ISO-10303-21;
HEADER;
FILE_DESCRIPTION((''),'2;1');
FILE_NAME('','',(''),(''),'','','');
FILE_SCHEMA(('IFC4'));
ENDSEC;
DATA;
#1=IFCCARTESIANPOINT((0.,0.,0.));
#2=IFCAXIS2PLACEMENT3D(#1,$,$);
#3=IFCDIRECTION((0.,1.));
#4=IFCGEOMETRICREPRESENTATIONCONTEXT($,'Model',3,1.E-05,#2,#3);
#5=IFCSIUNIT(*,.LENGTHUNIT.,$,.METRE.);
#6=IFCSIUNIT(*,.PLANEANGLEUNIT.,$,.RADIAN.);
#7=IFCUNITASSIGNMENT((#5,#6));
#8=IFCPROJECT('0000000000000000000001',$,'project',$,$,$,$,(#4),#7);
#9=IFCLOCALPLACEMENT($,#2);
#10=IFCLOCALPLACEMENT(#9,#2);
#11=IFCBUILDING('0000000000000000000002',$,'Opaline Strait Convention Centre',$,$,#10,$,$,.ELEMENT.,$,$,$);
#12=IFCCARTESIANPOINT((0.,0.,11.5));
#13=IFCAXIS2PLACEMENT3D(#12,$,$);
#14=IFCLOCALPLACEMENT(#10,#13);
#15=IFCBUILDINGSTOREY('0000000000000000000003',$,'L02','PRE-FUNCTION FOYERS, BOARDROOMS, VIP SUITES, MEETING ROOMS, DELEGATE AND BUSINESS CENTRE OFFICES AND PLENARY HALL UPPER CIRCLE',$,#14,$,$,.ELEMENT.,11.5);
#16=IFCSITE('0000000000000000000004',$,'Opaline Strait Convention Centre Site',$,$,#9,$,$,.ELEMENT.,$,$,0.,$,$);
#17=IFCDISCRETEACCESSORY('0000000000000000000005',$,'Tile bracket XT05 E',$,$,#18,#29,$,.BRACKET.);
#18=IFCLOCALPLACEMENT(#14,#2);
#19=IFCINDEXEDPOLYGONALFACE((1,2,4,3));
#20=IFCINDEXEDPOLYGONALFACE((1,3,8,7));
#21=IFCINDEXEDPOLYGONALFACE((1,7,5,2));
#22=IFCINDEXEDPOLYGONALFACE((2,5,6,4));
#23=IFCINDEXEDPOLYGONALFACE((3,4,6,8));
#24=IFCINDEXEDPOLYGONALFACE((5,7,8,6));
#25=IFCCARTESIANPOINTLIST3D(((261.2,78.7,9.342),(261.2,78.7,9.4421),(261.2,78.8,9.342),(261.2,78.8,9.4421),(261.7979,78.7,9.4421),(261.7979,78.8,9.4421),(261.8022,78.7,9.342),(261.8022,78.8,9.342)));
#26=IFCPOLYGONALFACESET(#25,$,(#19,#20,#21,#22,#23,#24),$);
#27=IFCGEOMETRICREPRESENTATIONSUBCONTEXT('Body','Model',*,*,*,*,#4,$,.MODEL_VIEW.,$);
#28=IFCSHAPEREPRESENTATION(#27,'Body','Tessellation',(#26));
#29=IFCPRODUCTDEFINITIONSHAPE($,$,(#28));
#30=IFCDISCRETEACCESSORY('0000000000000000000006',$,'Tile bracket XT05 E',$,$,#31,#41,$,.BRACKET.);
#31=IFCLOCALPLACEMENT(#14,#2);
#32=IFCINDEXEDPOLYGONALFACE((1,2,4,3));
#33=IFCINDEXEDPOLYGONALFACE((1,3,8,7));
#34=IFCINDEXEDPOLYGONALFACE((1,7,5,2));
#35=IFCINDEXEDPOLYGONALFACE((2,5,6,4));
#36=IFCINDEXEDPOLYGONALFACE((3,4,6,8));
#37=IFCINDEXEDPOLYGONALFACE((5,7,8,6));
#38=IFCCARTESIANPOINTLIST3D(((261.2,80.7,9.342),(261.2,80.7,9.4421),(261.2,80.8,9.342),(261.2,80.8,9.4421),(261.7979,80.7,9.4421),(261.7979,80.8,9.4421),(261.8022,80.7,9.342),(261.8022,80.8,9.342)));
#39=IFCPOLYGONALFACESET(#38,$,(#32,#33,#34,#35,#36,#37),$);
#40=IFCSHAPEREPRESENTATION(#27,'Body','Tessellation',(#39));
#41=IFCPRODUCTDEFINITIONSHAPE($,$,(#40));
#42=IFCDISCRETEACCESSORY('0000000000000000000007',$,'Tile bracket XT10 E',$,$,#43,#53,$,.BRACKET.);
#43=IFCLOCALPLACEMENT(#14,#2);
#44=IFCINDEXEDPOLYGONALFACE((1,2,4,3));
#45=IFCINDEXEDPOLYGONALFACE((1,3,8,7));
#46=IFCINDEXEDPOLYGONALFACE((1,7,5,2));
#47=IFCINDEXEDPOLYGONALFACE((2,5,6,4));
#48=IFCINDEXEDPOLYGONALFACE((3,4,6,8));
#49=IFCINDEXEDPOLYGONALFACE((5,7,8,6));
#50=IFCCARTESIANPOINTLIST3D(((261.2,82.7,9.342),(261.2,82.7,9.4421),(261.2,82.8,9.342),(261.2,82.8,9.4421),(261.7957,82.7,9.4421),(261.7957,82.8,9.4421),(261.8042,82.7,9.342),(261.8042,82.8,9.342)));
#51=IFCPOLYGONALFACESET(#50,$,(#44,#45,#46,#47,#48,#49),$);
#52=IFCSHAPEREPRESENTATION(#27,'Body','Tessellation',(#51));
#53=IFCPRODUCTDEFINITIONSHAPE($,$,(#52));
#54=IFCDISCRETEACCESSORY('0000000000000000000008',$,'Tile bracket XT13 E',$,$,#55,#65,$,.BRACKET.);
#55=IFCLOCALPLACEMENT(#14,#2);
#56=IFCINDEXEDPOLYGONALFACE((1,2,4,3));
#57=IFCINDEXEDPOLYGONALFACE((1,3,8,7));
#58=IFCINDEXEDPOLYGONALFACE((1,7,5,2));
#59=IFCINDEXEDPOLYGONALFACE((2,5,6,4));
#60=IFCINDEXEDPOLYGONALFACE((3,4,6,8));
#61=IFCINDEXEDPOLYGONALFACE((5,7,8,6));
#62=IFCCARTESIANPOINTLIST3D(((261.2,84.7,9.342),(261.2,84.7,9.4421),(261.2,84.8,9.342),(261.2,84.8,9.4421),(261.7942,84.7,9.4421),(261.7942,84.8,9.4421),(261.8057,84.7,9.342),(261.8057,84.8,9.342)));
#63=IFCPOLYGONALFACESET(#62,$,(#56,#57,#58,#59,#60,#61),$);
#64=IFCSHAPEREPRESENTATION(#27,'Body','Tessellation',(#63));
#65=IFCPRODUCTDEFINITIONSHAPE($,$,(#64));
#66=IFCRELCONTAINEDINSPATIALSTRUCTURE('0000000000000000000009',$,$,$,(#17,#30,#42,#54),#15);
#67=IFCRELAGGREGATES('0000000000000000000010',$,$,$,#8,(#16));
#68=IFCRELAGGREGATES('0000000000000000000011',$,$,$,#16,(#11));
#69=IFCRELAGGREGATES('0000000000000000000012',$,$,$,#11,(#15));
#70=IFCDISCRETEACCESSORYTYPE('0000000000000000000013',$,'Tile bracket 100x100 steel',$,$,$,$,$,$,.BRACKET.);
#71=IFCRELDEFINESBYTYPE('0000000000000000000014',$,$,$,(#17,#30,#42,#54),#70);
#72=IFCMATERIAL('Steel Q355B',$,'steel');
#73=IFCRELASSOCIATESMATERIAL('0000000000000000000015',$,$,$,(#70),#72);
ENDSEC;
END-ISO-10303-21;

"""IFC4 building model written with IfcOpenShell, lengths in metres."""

from ifc_helpers import new_model, si_unit, direction, frame, origin, place, context, subcontext, project, spatial, polyline, outline, extrude, material, type_object, element, save


model = new_model("IFC4")

# Units and contexts
model_context = context("Model", 3, precision=1e-05, world=origin(), true_north=direction((0.0, 1.0)))
body_context = subcontext(model_context, "Body", "Model", "MODEL_VIEW")
ifc_project = project(units=[si_unit("LENGTHUNIT", "METRE"), si_unit("PLANEANGLEUNIT", "RADIAN")], contexts=[model_context])

# Site, building, storey
site_placement = place(None, origin())
site = spatial("IfcSite", under=ifc_project, at=site_placement, Name="Opaline Strait Convention Centre Site", CompositionType="ELEMENT", RefElevation=0.0)
building_placement = place(site_placement, origin())
building = spatial("IfcBuilding", under=site, at=building_placement, Name="Opaline Strait Convention Centre", CompositionType="ELEMENT")
storey_placement = place(building_placement, frame((0.0, 0.0, 11.5)))
storey = spatial("IfcBuildingStorey", under=building, at=storey_placement, Name="L02", Description="PRE-FUNCTION FOYERS, BOARDROOMS, VIP SUITES, MEETING ROOMS, DELEGATE AND BUSINESS CENTRE OFFICES AND PLENARY HALL UPPER CIRCLE", CompositionType="ELEMENT", Elevation=11.5)

# Shared definitions
ifc_material_1 = material(Name="Steel Q355B", Category="steel")

# Discrete accessories
discrete_accessory_type = type_object("IfcDiscreteAccessoryType", Name="Tile bracket 100x100 steel", PredefinedType="BRACKET", material=ifc_material_1)
for number, where, z_axis, x_axis, name in (
    (1, (261.2, 78.7, 9.3921), (0.0, 1.0, 0.0), (-1.0, 0.0, 0.0), "Tile bracket XT05 E"),
    (2, (261.2, 80.7, 9.3921), (0.0, 1.0, 0.0), (-1.0, 0.0, 0.0), "Tile bracket XT05 E"),
):
    element("IfcDiscreteAccessory", number, at=place(storey_placement, frame(where, z_axis=z_axis, x_axis=x_axis)), inside=storey, type_object=discrete_accessory_type, Name=name, PredefinedType="BRACKET", context=body_context, shape_type="SweptSolid", body=[
        extrude(outline(polyline([(0.0, -0.05), (0.0, 0.05), (-0.5979, 0.05), (-0.6023, -0.05), (0.0, -0.05)])), origin(), (0.0, 0.0, 1.0), 0.1001),
    ])
discrete_accessory_1_placement = place(storey_placement, frame((261.2, 82.7, 9.3921), z_axis=(0.0, 1.0, 0.0), x_axis=(-1.0, 0.0, 0.0)))
element("IfcDiscreteAccessory", 3, at=discrete_accessory_1_placement, inside=storey, type_object=discrete_accessory_type, Name="Tile bracket XT10 E", PredefinedType="BRACKET", context=body_context, shape_type="SweptSolid", body=[
    extrude(outline(polyline([(0.0, -0.05), (0.0, 0.05), (-0.5957, 0.05), (-0.6042, -0.05), (0.0, -0.05)])), origin(), (0.0, 0.0, 1.0), 0.1001),
])
discrete_accessory_2_placement = place(storey_placement, frame((261.2, 84.7, 9.3921), z_axis=(0.0, 1.0, 0.0), x_axis=(-1.0, 0.0, 0.0)))
element("IfcDiscreteAccessory", 4, at=discrete_accessory_2_placement, inside=storey, type_object=discrete_accessory_type, Name="Tile bracket XT13 E", PredefinedType="BRACKET", context=body_context, shape_type="SweptSolid", body=[
    extrude(outline(polyline([(0.0, -0.05), (0.0, 0.05), (-0.5942, 0.05), (-0.6057, -0.05), (0.0, -0.05)])), origin(), (0.0, 0.0, 1.0), 0.1001),
])

save(model, "model.ifc")
